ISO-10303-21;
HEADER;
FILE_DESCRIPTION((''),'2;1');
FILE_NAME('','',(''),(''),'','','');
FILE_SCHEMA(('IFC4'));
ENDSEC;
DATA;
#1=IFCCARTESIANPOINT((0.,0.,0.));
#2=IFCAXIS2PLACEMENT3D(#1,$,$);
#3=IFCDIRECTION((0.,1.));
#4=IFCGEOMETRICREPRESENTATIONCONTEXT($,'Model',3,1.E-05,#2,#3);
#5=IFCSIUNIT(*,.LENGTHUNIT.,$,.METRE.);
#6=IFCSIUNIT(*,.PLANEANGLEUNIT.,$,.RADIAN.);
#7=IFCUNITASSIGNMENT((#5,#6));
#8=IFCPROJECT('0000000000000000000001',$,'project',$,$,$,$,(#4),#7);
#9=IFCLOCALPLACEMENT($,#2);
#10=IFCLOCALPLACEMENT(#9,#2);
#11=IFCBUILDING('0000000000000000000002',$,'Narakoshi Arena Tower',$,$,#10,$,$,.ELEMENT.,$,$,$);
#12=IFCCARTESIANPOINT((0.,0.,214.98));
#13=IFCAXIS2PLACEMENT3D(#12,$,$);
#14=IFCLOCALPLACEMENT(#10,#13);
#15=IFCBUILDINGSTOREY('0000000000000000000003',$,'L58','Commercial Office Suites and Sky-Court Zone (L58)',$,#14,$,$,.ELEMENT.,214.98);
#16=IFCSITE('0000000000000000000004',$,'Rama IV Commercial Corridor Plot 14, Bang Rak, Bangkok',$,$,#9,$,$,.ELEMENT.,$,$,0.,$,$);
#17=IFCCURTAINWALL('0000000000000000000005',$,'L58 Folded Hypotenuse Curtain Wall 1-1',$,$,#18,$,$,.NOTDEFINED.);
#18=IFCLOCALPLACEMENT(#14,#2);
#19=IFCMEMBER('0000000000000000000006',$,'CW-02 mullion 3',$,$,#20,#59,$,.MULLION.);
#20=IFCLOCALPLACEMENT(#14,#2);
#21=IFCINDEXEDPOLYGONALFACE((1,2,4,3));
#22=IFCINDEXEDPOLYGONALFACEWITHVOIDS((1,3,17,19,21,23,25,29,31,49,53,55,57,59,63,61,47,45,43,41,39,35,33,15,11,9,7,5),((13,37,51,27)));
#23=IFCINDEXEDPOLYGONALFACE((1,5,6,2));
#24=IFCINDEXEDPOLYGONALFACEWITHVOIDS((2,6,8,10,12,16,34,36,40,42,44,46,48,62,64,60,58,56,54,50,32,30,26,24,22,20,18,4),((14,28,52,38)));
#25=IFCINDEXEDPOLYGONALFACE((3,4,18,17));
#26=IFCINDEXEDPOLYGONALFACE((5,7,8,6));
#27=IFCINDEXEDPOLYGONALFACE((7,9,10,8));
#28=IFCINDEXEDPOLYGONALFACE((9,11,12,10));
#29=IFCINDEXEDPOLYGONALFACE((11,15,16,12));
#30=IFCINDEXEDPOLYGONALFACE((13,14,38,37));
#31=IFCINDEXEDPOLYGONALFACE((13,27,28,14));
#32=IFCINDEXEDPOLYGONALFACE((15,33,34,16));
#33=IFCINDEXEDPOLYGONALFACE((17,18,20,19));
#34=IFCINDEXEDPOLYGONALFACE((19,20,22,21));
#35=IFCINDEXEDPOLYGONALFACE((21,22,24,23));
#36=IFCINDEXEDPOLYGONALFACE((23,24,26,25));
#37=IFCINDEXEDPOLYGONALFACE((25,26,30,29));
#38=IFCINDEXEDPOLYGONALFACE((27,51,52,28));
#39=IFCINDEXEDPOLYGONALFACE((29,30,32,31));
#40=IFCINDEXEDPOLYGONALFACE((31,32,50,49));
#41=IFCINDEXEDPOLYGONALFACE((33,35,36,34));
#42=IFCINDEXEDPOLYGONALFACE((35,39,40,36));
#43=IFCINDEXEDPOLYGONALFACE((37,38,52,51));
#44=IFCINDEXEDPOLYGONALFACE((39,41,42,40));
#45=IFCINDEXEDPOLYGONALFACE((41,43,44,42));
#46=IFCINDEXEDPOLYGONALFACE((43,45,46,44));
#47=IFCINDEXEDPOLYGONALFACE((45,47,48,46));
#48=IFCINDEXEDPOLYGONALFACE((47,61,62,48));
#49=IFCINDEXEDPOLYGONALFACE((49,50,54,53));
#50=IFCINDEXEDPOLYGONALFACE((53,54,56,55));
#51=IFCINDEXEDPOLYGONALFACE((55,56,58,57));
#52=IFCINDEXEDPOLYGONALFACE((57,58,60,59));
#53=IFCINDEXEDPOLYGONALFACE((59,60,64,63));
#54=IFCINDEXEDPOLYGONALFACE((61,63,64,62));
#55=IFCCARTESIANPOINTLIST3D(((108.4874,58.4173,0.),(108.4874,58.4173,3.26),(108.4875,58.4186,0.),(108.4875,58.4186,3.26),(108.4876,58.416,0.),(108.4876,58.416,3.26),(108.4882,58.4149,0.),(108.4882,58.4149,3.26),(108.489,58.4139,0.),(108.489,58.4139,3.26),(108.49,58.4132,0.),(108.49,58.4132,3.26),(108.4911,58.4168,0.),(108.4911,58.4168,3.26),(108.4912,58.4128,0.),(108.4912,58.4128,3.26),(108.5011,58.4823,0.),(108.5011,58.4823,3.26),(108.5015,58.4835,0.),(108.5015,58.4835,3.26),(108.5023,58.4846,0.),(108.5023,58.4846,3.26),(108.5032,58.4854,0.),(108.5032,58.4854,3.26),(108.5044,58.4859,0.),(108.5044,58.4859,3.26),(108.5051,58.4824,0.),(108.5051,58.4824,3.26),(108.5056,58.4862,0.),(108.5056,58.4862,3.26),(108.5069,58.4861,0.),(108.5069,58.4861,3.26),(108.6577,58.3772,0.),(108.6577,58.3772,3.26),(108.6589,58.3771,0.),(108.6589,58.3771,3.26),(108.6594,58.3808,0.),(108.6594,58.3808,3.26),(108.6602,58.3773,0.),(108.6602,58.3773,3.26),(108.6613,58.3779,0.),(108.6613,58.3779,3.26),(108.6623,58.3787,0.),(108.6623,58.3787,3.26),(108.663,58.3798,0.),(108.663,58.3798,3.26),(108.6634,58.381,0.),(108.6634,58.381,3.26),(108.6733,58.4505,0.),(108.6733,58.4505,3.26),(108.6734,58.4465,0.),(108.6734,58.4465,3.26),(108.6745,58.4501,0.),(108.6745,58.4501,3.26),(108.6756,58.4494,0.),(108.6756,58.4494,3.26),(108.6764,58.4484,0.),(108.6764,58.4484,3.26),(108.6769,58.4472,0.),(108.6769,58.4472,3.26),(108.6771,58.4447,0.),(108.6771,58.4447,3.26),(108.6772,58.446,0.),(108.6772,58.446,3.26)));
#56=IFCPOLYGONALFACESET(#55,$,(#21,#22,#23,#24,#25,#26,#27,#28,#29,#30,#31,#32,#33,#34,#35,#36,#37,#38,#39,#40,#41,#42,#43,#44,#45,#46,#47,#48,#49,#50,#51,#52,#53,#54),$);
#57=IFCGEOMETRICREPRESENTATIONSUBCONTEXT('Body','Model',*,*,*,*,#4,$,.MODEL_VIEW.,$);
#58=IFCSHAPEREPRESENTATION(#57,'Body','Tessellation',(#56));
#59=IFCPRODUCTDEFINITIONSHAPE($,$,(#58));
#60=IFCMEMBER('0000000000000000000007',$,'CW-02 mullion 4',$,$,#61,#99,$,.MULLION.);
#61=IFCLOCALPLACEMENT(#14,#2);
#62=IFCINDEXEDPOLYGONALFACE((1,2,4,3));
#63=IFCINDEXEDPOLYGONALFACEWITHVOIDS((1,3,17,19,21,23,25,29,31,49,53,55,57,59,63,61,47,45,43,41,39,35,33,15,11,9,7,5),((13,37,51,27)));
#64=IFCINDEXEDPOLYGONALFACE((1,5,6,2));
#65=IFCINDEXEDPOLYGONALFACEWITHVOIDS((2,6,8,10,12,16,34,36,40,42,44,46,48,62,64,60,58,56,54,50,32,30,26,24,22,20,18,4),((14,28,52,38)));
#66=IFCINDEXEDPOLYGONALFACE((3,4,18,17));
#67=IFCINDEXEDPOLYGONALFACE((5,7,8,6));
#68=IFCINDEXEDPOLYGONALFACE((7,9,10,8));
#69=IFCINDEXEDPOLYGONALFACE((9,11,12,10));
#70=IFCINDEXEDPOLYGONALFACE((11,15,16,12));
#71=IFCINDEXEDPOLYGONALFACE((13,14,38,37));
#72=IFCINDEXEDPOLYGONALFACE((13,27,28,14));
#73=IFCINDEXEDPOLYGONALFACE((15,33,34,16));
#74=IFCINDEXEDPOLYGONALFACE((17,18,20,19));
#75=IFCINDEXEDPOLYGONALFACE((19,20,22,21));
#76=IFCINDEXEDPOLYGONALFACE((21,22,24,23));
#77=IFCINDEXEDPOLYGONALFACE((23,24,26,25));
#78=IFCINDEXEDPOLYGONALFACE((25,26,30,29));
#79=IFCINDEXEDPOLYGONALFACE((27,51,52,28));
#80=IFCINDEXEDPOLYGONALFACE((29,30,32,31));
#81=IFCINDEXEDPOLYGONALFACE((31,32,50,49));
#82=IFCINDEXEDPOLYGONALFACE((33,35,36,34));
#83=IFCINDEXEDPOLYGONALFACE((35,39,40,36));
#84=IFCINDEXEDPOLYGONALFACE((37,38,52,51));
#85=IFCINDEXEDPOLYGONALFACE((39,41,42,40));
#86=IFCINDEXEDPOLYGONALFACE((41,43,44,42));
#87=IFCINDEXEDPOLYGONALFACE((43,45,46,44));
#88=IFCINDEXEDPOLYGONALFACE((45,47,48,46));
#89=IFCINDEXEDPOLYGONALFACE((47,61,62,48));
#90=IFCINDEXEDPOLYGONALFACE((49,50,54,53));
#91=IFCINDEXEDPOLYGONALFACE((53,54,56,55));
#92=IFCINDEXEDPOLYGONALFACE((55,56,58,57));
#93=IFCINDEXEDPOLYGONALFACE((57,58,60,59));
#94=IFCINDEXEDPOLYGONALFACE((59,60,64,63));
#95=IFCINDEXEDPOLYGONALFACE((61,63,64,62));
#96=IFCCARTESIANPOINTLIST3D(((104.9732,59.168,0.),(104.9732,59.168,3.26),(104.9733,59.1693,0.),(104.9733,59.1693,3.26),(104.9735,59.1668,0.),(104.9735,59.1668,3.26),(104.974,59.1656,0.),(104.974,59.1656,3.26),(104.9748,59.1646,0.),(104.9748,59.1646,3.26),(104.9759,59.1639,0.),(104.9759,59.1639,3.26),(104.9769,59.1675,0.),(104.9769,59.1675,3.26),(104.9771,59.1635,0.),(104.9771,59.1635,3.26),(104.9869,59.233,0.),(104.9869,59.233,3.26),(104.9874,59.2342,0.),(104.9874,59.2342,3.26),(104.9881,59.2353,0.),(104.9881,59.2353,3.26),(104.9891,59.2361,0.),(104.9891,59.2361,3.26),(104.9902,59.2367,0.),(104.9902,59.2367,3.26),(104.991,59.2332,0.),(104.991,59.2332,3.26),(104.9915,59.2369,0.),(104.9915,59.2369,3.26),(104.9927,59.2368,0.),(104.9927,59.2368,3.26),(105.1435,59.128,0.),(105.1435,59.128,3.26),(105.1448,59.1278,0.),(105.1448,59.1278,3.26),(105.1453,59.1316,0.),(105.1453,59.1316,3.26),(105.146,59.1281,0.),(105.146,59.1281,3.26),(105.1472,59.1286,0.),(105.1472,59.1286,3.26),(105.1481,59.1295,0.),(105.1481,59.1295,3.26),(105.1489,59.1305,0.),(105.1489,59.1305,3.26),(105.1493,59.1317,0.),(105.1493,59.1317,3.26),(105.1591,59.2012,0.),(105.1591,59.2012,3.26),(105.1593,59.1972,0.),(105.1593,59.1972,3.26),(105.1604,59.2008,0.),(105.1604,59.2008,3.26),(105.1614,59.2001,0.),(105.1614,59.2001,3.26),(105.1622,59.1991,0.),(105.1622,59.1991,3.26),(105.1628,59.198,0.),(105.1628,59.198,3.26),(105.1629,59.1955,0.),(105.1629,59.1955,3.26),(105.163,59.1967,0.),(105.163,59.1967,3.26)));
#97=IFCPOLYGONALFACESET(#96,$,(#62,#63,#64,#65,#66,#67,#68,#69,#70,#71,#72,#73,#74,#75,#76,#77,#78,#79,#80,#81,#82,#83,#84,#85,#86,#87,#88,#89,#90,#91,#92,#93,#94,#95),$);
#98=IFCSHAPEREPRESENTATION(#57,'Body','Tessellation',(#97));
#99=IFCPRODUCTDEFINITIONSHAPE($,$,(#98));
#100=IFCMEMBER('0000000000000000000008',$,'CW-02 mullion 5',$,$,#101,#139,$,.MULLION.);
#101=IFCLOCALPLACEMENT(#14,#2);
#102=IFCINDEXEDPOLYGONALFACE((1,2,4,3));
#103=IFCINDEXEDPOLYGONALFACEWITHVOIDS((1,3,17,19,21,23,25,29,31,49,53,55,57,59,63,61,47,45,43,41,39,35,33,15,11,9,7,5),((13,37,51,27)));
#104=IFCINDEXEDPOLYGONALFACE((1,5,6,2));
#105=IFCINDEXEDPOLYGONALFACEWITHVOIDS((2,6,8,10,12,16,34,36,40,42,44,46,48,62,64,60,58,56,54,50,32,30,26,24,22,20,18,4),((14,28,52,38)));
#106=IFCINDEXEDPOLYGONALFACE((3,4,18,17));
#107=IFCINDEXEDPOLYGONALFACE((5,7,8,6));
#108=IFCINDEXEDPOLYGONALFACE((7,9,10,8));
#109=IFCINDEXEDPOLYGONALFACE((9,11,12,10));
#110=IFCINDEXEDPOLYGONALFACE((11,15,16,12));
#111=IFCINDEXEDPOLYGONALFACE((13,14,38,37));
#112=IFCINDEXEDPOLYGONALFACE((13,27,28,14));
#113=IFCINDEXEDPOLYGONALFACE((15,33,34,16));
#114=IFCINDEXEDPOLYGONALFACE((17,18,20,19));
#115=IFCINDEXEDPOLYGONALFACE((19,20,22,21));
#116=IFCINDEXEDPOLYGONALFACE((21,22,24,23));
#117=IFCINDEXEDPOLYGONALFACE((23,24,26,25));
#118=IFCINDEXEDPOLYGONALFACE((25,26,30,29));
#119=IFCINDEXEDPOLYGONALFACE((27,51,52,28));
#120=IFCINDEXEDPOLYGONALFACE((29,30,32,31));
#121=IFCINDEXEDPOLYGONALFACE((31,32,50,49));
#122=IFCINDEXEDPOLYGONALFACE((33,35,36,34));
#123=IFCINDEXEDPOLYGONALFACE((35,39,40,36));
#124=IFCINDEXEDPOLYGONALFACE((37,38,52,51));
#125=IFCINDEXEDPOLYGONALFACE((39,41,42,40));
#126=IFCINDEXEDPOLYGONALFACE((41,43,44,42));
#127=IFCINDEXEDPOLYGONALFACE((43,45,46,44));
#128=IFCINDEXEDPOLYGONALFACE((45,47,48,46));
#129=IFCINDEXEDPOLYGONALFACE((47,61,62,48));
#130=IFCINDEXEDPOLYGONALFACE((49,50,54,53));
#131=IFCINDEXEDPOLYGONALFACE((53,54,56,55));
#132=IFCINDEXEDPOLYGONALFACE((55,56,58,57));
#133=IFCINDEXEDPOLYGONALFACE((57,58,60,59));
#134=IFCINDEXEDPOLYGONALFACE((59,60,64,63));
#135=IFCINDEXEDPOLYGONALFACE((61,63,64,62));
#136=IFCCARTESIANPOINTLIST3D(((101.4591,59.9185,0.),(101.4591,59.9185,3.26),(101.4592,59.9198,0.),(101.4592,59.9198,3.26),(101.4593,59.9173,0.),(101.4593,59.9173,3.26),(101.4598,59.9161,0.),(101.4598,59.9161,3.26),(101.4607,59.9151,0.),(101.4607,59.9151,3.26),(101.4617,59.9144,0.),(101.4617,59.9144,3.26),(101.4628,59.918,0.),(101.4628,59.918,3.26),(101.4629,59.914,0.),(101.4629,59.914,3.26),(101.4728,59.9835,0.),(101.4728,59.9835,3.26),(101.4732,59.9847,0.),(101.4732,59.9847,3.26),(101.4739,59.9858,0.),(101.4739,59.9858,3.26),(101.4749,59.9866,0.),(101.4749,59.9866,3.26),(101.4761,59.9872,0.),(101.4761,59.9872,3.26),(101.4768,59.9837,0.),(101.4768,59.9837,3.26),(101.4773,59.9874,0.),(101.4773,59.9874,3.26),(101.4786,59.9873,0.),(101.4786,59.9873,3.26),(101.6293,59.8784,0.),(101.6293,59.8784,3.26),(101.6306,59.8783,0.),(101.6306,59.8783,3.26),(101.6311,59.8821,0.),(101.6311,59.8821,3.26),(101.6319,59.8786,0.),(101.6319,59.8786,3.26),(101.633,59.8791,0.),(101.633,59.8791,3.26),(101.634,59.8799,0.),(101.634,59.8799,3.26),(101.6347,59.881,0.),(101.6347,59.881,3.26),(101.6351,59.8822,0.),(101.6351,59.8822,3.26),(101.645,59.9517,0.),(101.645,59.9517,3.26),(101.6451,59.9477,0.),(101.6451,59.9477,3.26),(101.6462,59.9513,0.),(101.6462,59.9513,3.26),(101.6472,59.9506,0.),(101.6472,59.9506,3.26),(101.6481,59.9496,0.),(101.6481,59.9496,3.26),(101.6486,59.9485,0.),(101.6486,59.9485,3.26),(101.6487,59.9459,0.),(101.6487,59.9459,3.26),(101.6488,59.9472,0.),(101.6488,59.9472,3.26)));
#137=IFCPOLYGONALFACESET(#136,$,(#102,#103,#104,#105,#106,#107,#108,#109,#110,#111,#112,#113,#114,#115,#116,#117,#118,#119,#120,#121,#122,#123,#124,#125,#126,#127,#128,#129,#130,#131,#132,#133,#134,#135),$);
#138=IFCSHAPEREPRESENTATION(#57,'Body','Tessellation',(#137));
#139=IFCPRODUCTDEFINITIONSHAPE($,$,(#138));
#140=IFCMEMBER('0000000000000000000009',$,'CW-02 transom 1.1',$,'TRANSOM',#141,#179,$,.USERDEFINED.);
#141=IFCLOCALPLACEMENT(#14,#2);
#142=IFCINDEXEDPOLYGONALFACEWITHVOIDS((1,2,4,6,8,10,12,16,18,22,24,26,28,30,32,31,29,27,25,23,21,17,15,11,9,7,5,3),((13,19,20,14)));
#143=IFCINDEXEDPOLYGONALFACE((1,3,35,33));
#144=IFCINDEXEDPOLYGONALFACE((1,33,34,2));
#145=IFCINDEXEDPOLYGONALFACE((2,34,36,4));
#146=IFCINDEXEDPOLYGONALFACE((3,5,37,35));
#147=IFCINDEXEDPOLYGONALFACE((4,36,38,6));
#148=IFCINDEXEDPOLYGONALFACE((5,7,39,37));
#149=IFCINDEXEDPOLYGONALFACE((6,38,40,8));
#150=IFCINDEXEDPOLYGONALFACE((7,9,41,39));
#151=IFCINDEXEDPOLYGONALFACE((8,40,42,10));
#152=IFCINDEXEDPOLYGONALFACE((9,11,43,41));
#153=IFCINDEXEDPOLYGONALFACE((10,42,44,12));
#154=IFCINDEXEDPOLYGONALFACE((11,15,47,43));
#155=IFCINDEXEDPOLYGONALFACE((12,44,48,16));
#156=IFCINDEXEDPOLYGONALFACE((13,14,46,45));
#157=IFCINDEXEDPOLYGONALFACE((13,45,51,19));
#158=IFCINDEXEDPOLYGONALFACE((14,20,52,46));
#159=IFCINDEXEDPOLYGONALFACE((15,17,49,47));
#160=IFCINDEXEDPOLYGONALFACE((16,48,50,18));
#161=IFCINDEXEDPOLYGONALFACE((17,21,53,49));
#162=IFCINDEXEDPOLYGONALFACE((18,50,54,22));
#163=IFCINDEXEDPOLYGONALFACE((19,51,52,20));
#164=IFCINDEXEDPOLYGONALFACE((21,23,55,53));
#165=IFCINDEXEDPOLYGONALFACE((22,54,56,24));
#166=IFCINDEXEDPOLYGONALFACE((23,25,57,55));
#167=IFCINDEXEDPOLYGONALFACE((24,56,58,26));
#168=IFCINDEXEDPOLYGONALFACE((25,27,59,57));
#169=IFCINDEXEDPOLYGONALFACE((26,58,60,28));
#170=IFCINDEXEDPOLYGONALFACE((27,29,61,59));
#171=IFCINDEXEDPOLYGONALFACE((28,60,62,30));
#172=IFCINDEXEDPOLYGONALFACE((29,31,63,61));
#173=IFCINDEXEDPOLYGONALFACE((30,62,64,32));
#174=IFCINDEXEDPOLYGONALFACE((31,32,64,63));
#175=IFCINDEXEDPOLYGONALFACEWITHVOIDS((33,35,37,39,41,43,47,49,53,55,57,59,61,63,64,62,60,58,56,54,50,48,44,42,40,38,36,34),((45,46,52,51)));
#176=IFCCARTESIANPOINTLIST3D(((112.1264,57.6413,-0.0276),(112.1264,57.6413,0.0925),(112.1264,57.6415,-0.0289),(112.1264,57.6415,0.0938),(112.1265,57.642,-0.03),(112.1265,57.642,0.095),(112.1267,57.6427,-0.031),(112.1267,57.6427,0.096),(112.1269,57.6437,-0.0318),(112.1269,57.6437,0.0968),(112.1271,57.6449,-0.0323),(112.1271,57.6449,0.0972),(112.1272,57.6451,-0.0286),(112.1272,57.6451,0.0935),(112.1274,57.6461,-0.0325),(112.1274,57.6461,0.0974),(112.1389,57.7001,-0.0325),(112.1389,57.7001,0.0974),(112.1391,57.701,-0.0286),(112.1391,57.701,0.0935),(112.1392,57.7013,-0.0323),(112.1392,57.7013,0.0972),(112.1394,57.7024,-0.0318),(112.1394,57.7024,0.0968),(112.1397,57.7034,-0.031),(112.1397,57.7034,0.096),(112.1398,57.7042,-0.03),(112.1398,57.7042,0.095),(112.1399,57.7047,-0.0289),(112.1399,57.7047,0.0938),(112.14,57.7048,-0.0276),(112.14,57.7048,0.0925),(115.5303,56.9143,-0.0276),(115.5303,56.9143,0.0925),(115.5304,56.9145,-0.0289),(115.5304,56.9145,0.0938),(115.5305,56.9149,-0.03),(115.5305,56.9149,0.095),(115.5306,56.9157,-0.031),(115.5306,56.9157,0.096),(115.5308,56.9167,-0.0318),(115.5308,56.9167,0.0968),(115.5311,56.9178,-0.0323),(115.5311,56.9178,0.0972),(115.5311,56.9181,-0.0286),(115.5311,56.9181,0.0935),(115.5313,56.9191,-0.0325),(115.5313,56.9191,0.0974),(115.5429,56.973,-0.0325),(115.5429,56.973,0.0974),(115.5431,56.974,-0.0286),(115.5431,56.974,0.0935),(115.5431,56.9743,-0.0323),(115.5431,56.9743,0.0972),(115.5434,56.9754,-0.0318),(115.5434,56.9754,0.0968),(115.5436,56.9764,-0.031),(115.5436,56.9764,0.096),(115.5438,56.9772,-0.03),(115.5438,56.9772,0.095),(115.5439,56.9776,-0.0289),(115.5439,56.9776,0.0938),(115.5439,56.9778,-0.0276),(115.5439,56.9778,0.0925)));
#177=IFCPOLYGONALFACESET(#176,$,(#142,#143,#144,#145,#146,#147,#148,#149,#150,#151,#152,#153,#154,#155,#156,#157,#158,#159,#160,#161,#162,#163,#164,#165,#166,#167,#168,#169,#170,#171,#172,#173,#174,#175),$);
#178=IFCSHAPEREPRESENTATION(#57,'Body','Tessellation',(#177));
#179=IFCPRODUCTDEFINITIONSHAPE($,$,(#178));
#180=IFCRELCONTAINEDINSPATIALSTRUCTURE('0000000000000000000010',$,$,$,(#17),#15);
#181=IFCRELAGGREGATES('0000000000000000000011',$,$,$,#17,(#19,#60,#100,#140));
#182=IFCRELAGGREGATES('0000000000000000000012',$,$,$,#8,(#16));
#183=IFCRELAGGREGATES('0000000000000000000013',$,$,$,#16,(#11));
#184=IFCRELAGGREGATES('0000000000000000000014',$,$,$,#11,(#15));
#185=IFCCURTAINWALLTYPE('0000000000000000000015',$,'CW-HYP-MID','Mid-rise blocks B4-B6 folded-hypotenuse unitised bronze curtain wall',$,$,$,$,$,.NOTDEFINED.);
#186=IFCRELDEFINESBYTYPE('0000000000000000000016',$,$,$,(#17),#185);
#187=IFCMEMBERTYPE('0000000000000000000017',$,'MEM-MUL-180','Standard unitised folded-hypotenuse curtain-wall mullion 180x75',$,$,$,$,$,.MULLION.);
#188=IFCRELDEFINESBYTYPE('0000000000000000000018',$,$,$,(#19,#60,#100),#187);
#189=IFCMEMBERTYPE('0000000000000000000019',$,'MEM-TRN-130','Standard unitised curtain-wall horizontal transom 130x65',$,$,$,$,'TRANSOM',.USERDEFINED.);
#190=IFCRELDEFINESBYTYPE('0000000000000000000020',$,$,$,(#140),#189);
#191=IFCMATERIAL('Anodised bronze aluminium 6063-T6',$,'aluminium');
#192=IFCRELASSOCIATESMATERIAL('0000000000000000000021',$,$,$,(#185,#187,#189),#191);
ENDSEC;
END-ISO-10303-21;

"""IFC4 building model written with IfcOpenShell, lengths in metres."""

from ifc_helpers import new_model, si_unit, direction, frame, origin, origin_2d, place, context, subcontext, project, spatial, hollow_rectangle, extrude, material, material_profile, profile_set, type_object, element, aggregate, save


model = new_model("IFC4")

# Units and contexts
model_context = context("Model", 3, precision=1e-05, world=origin(), true_north=direction((0.0, 1.0)))
body_context = subcontext(model_context, "Body", "Model", "MODEL_VIEW")
ifc_project = project(units=[si_unit("LENGTHUNIT", "METRE"), si_unit("PLANEANGLEUNIT", "RADIAN")], contexts=[model_context])

# Site, building, storey
site_placement = place(None, origin())
site = spatial("IfcSite", under=ifc_project, at=site_placement, Name="Rama IV Commercial Corridor Plot 14, Bang Rak, Bangkok", CompositionType="ELEMENT", RefElevation=0.0)
building_placement = place(site_placement, origin())
building = spatial("IfcBuilding", under=site, at=building_placement, Name="Narakoshi Arena Tower", CompositionType="ELEMENT")
storey_placement = place(building_placement, frame((0.0, 0.0, 214.98)))
storey = spatial("IfcBuildingStorey", under=building, at=storey_placement, Name="L58", Description="Commercial Office Suites and Sky-Court Zone (L58)", CompositionType="ELEMENT", Elevation=214.98)

# Curtain wall, members
ifc_material_1 = material(Name="Anodised bronze aluminium 6063-T6", Category="aluminium")
curtain_wall_type = type_object("IfcCurtainWallType", Name="CW-HYP-MID", Description="Mid-rise blocks B4-B6 folded-hypotenuse unitised bronze curtain wall", PredefinedType="NOTDEFINED", material=ifc_material_1)
curtain_wall_placement = place(storey_placement, origin())
curtain_wall = element("IfcCurtainWall", 1, at=curtain_wall_placement, inside=storey, type_object=curtain_wall_type, Name="L58 Folded Hypotenuse Curtain Wall 1-1", PredefinedType="NOTDEFINED")
ifc_material_profile_1 = material_profile(ifc_material_1, hollow_rectangle(XDim=0.075, YDim=0.1799, WallThickness=0.0039, OuterFilletRadius=0.0049, at=origin_2d()), Name="MUL180x75x4")
ifc_profile_set_1 = profile_set([ifc_material_profile_1], Name="Anodised bronze aluminium 6063-T6")
member_type_1 = type_object("IfcMemberType", Name="MEM-MUL-180", Description="Standard unitised folded-hypotenuse curtain-wall mullion 180x75", PredefinedType="MULLION", material=ifc_profile_set_1)
member_1_placement = place(storey_placement, frame((108.5823, 58.4316, 0.0), z_axis=(0.0, 0.0, 1.0), x_axis=(-0.208899, -0.977937, 0.0)))
member_1 = element("IfcMember", 2, at=member_1_placement, type_object=member_type_1, Name="CW-02 mullion 3", PredefinedType="MULLION", context=body_context, shape_type="SweptSolid", body=[
    extrude(hollow_rectangle(XDim=0.075, YDim=0.1799, WallThickness=0.0039, OuterFilletRadius=0.0049, at=origin_2d()), origin(), (0.0, 0.0, 1.0), 3.26),
])
member_2_placement = place(storey_placement, frame((105.0681, 59.1824, 0.0), z_axis=(0.0, 0.0, 1.0), x_axis=(-0.208899, -0.977937, 0.0)))
member_2 = element("IfcMember", 3, at=member_2_placement, type_object=member_type_1, Name="CW-02 mullion 4", PredefinedType="MULLION", context=body_context, shape_type="SweptSolid", body=[
    extrude(hollow_rectangle(XDim=0.075, YDim=0.1799, WallThickness=0.0039, OuterFilletRadius=0.0049, at=origin_2d()), origin(), (0.0, 0.0, 1.0), 3.26),
])
member_3_placement = place(storey_placement, frame((101.554, 59.9329, 0.0), z_axis=(0.0, 0.0, 1.0), x_axis=(-0.208899, -0.977937, 0.0)))
member_3 = element("IfcMember", 4, at=member_3_placement, type_object=member_type_1, Name="CW-02 mullion 5", PredefinedType="MULLION", context=body_context, shape_type="SweptSolid", body=[
    extrude(hollow_rectangle(XDim=0.075, YDim=0.1799, WallThickness=0.0039, OuterFilletRadius=0.0049, at=origin_2d()), origin(), (0.0, 0.0, 1.0), 3.26),
])
ifc_material_profile_2 = material_profile(ifc_material_1, hollow_rectangle(XDim=0.0649, YDim=0.1299, WallThickness=0.0039, OuterFilletRadius=0.0049, at=origin_2d()), Name="TRN130x65x4")
ifc_profile_set_2 = profile_set([ifc_material_profile_2], Name="Anodised bronze aluminium 6063-T6")
member_type_2 = type_object("IfcMemberType", Name="MEM-TRN-130", Description="Standard unitised curtain-wall horizontal transom 130x65", ElementType="TRANSOM", PredefinedType="USERDEFINED", material=ifc_profile_set_2)
member_4_placement = place(storey_placement, frame((115.5371, 56.946, 0.0325), z_axis=(-0.977943, 0.208873, 0.0), x_axis=(-0.208873, -0.977943, 0.0)))
member_4 = element("IfcMember", 5, at=member_4_placement, type_object=member_type_2, Name="CW-02 transom 1.1", ObjectType="TRANSOM", PredefinedType="USERDEFINED", context=body_context, shape_type="SweptSolid", body=[
    extrude(hollow_rectangle(XDim=0.0649, YDim=0.1299, WallThickness=0.0039, OuterFilletRadius=0.0049, at=origin_2d()), origin(), (0.0, 0.0, 1.0), 3.4807),
])
aggregate(curtain_wall, [member_1, member_2, member_3, member_4])

save(model, "model.ifc")
